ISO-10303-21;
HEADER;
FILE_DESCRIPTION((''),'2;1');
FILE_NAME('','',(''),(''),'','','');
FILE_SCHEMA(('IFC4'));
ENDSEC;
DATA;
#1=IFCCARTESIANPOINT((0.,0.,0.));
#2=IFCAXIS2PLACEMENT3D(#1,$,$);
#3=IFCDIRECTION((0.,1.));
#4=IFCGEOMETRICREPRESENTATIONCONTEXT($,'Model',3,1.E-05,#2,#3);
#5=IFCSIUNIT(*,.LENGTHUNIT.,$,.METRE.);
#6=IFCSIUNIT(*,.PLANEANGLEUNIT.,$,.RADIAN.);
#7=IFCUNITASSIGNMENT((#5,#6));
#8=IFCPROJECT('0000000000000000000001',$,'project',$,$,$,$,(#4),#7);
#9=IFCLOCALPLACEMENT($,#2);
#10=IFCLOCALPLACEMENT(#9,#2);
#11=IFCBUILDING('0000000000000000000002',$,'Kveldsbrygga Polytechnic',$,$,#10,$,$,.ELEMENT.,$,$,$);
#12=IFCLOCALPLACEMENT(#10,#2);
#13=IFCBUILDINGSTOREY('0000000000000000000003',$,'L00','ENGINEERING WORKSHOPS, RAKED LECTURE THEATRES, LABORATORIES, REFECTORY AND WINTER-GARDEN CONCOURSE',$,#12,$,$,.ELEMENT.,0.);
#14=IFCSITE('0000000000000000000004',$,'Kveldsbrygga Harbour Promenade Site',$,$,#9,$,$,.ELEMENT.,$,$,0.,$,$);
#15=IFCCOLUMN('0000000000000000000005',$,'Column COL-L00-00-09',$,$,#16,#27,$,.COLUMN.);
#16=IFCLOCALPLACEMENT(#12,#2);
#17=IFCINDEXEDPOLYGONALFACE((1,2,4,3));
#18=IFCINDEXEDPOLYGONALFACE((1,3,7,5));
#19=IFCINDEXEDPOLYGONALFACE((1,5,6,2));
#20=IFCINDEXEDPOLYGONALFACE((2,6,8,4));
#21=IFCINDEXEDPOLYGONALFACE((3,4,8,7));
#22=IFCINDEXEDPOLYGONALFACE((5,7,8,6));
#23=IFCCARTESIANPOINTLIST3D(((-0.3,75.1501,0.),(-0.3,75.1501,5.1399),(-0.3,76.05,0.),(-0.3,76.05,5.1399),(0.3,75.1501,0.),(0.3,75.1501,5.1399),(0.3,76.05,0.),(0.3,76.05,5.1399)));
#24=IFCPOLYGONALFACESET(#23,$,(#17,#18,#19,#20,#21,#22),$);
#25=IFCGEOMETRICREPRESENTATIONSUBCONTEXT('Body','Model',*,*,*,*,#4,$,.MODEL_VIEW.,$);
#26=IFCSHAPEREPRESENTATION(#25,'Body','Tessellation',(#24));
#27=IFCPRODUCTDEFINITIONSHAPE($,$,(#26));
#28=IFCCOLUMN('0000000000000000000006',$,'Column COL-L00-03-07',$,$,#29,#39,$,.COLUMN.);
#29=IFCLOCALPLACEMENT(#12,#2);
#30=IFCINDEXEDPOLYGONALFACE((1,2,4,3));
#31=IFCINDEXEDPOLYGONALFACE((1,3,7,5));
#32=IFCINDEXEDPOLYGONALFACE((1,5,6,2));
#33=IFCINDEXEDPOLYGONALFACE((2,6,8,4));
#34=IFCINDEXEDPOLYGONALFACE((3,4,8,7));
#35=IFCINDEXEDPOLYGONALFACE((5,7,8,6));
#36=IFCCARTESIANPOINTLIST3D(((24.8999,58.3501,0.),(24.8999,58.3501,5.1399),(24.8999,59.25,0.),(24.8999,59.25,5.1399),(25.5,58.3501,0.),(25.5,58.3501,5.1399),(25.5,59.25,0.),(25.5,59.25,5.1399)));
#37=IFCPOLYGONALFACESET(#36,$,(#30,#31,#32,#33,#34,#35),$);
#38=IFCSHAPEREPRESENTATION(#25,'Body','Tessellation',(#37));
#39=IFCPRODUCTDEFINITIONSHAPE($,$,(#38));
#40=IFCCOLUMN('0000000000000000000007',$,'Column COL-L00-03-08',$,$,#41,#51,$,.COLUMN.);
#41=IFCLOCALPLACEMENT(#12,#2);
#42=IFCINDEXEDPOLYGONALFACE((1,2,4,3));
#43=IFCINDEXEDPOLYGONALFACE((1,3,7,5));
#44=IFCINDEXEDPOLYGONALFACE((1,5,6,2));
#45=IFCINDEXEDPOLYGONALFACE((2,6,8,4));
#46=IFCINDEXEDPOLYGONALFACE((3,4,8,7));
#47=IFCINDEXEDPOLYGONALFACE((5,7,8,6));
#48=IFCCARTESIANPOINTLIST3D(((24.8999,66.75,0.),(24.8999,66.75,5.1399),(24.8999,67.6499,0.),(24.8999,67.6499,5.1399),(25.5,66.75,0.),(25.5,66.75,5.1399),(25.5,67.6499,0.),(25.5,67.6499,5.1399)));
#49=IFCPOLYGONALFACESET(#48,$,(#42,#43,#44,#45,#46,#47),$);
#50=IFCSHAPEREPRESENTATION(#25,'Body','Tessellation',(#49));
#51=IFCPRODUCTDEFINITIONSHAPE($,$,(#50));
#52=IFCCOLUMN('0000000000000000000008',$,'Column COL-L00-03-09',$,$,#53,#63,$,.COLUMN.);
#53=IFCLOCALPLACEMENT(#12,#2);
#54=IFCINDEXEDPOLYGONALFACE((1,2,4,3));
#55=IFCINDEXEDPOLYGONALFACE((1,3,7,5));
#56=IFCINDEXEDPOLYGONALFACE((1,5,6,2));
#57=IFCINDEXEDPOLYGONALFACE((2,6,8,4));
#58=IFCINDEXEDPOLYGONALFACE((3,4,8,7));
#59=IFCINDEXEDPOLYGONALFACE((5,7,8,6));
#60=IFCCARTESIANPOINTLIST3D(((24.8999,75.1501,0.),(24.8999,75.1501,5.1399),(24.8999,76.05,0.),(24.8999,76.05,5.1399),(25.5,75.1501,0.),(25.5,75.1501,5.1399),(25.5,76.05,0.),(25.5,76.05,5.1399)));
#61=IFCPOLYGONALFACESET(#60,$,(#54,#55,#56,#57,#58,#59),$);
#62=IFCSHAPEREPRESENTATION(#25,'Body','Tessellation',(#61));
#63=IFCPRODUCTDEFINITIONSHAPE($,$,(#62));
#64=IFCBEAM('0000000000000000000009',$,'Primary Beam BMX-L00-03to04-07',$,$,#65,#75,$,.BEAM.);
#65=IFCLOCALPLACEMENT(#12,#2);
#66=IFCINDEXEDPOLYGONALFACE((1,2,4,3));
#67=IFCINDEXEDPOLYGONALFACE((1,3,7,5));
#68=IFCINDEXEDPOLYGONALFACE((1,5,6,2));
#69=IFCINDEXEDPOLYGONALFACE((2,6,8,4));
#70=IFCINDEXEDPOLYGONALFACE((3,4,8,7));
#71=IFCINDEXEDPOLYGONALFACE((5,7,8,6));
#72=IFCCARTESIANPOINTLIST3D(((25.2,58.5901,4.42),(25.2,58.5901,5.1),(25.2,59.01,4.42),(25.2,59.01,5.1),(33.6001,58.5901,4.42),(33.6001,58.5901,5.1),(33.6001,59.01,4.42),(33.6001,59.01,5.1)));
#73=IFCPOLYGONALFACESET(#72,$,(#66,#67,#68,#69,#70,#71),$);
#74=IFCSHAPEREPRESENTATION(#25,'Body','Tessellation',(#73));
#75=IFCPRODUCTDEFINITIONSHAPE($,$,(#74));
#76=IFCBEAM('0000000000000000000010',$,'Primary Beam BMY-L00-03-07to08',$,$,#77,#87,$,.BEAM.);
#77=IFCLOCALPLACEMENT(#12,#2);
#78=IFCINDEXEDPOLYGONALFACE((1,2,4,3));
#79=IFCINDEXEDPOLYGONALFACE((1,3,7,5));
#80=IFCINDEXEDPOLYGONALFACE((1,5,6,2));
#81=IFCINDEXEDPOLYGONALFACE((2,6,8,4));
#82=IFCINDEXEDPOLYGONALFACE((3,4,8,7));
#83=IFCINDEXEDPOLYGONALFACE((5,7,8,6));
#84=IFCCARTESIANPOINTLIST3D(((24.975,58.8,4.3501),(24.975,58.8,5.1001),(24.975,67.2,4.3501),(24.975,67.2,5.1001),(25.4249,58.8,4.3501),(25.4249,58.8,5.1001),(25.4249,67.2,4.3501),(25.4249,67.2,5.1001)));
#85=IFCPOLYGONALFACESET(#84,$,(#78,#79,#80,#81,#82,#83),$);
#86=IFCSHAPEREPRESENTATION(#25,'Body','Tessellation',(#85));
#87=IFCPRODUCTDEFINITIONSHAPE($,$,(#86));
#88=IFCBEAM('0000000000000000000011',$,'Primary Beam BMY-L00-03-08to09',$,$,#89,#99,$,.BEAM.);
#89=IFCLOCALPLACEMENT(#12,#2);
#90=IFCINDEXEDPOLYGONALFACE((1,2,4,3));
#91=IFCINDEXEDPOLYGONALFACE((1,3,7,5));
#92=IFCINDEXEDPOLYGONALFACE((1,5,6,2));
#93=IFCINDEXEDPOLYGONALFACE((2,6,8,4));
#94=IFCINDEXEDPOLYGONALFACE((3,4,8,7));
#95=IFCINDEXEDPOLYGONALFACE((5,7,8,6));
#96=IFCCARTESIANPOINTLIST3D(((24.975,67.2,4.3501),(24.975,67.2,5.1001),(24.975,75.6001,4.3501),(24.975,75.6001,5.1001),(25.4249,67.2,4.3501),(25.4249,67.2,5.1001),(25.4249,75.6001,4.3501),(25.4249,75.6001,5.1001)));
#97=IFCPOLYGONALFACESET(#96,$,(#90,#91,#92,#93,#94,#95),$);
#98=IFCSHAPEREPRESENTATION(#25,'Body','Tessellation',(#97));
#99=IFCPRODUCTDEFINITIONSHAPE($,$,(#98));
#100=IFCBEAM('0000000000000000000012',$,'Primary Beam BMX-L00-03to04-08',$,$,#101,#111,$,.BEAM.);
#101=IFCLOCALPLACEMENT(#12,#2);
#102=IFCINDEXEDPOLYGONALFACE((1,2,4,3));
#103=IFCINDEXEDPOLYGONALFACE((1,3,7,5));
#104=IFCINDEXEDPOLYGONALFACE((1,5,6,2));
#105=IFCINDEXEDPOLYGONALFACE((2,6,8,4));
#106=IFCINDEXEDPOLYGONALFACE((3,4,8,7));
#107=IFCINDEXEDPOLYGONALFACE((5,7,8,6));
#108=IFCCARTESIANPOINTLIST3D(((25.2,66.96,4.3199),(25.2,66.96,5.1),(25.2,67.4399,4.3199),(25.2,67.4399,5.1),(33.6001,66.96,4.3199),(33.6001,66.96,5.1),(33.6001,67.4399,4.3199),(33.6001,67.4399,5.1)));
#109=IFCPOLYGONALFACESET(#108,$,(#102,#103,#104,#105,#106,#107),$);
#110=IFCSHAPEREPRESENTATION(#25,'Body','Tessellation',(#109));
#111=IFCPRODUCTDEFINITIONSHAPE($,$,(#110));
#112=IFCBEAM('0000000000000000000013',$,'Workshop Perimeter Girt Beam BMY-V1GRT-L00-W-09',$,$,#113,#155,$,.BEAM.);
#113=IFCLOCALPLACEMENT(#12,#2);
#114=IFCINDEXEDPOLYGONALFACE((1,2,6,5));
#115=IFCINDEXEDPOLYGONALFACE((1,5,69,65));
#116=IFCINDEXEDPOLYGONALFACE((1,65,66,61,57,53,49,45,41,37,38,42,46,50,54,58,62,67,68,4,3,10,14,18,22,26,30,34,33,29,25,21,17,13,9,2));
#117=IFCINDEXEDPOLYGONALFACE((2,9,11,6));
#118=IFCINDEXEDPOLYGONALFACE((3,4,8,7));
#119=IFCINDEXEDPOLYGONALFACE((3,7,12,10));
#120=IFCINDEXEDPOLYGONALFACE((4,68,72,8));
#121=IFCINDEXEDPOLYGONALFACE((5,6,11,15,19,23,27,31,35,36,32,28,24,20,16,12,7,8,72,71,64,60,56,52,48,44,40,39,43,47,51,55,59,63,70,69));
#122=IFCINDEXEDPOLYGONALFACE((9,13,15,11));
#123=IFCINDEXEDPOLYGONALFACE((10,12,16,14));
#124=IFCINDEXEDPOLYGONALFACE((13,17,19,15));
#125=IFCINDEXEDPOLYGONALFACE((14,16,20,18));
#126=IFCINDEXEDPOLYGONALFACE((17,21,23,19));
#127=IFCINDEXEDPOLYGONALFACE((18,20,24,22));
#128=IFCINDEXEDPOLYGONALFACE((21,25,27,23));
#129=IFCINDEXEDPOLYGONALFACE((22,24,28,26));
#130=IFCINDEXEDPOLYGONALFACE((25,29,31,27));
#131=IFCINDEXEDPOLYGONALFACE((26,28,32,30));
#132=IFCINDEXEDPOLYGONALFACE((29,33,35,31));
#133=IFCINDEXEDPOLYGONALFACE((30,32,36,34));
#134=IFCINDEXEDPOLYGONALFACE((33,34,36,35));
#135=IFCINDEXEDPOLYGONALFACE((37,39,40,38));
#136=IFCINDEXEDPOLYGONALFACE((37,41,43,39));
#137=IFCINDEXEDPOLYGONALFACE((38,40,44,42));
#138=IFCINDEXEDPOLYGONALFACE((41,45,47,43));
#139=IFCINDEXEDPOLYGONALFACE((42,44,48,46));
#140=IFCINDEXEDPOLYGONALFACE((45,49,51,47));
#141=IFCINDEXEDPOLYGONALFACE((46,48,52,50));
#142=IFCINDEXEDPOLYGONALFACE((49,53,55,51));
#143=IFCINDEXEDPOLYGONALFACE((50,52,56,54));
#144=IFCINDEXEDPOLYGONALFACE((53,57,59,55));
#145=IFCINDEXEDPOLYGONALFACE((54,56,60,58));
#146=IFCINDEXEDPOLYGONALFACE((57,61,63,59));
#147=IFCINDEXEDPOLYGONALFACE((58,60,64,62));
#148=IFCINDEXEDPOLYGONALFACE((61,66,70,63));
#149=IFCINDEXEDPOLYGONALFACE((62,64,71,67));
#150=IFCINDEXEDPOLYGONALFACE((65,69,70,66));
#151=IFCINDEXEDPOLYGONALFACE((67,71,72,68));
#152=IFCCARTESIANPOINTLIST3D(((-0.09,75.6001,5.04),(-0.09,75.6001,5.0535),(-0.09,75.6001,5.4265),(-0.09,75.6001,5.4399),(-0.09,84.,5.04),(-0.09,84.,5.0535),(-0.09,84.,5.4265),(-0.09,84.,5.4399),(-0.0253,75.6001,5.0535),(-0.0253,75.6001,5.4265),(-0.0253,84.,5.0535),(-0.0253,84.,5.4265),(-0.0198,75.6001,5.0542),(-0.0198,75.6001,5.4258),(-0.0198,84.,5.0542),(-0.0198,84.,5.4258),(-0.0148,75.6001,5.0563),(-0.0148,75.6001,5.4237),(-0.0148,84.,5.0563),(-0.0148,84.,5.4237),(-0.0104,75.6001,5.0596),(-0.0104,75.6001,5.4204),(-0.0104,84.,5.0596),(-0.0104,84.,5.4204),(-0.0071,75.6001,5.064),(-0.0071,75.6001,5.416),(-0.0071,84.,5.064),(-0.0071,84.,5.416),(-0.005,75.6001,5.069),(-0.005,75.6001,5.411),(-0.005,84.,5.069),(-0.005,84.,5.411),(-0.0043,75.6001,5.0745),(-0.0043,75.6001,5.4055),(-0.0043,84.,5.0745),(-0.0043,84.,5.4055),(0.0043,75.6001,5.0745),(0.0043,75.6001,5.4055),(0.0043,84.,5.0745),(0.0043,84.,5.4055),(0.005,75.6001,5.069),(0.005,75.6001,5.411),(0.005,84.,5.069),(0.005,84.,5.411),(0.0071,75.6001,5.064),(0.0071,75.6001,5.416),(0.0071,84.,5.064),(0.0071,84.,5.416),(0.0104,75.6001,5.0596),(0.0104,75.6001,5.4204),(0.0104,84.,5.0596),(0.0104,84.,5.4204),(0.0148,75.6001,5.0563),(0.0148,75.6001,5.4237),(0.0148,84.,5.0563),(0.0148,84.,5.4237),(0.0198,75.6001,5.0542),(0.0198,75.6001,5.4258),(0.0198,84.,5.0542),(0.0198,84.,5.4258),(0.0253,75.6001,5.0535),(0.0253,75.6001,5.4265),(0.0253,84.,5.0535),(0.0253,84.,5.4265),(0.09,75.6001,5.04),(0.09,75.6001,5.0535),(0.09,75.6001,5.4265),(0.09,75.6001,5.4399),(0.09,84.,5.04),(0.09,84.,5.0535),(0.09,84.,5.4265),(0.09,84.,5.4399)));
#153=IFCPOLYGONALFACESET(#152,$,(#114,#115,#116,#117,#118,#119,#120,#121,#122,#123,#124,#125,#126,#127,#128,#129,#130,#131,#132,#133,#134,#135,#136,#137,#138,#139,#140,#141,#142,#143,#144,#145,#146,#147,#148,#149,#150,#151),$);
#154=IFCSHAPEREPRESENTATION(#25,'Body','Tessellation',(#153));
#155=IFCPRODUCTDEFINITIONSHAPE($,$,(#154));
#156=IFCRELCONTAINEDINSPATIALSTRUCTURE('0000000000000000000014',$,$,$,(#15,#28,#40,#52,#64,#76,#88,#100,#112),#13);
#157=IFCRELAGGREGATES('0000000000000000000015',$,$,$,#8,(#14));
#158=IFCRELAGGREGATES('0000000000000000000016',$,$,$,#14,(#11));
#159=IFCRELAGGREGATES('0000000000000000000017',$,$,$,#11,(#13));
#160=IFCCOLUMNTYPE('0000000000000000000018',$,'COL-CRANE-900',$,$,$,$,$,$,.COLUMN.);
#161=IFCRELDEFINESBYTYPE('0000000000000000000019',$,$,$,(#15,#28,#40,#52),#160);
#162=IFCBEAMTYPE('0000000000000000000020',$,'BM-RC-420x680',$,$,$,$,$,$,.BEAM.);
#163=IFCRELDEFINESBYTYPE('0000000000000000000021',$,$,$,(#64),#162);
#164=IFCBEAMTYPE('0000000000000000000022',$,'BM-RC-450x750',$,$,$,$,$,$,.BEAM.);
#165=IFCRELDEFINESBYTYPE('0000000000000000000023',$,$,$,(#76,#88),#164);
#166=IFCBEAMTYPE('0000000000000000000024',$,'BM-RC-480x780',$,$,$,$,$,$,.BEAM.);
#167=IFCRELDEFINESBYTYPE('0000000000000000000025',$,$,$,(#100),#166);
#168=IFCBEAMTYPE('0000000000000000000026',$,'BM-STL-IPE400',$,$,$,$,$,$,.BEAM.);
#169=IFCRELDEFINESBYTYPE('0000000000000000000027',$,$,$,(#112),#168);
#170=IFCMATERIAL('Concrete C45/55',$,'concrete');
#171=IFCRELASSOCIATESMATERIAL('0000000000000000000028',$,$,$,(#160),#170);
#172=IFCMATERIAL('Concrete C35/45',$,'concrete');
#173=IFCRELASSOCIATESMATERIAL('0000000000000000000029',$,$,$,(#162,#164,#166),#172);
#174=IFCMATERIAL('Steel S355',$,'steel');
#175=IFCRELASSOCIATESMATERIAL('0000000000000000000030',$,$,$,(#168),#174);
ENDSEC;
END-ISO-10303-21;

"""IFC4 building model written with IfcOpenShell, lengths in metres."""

from ifc_helpers import new_model, si_unit, direction, frame, origin, origin_2d, place, context, subcontext, project, spatial, rectangle, i_section, extrude, material, material_profile, profile_set, type_object, element, save


model = new_model("IFC4")

# Units and contexts
model_context = context("Model", 3, precision=1e-05, world=origin(), true_north=direction((0.0, 1.0)))
body_context = subcontext(model_context, "Body", "Model", "MODEL_VIEW")
ifc_project = project(units=[si_unit("LENGTHUNIT", "METRE"), si_unit("PLANEANGLEUNIT", "RADIAN")], contexts=[model_context])

# Site, building, storey
site_placement = place(None, origin())
site = spatial("IfcSite", under=ifc_project, at=site_placement, Name="Kveldsbrygga Harbour Promenade Site", CompositionType="ELEMENT", RefElevation=0.0)
building_placement = place(site_placement, origin())
building = spatial("IfcBuilding", under=site, at=building_placement, Name="Kveldsbrygga Polytechnic", CompositionType="ELEMENT")
storey_placement = place(building_placement, origin())
storey = spatial("IfcBuildingStorey", under=building, at=storey_placement, Name="L00", Description="ENGINEERING WORKSHOPS, RAKED LECTURE THEATRES, LABORATORIES, REFECTORY AND WINTER-GARDEN CONCOURSE", CompositionType="ELEMENT", Elevation=0.0)

# Columns
ifc_material_1 = material(Name="Concrete C45/55", Category="concrete")
ifc_material_profile_1 = material_profile(ifc_material_1, rectangle(XDim=0.6001, YDim=0.8999, at=origin_2d()), Name="RC 600x900")
ifc_profile_set_1 = profile_set([ifc_material_profile_1], Name="Concrete C45/55")
column_type = type_object("IfcColumnType", Name="COL-CRANE-900", PredefinedType="COLUMN", material=ifc_profile_set_1)
for number, where, z_axis, x_axis, name in (
    (1, (0.0, 75.6001, 0.0), (0.0, 0.0, 1.0), (1.0, 0.0, 0.0), "Column COL-L00-00-09"),
    (2, (25.2, 58.8, 0.0), (0.0, 0.0, 1.0), (1.0, 0.0, 0.0), "Column COL-L00-03-07"),
    (3, (25.2, 67.2, 0.0), (0.0, 0.0, 1.0), (1.0, 0.0, 0.0), "Column COL-L00-03-08"),
    (4, (25.2, 75.6001, 0.0), (0.0, 0.0, 1.0), (1.0, 0.0, 0.0), "Column COL-L00-03-09"),
):
    element("IfcColumn", number, at=place(storey_placement, frame(where, z_axis=z_axis, x_axis=x_axis)), inside=storey, type_object=column_type, Name=name, PredefinedType="COLUMN", context=body_context, shape_type="SweptSolid", body=[
        extrude(rectangle(XDim=0.6001, YDim=0.8999, at=origin_2d()), origin(), (0.0, 0.0, 1.0), 5.1399),
    ])

# Beams
ifc_material_2 = material(Name="Concrete C35/45", Category="concrete")
ifc_material_profile_2 = material_profile(ifc_material_2, rectangle(XDim=0.4199, YDim=0.6799, at=origin_2d()), Name="RC 420x680")
ifc_profile_set_2 = profile_set([ifc_material_profile_2], Name="Concrete C35/45")
beam_type_1 = type_object("IfcBeamType", Name="BM-RC-420x680", PredefinedType="BEAM", material=ifc_profile_set_2)
beam_1_placement = place(storey_placement, frame((25.2, 58.8, 4.76), z_axis=(1.0, 0.0, 0.0), x_axis=(0.0, 1.0, 0.0)))
element("IfcBeam", 5, at=beam_1_placement, inside=storey, type_object=beam_type_1, Name="Primary Beam BMX-L00-03to04-07", PredefinedType="BEAM", context=body_context, shape_type="SweptSolid", body=[
    extrude(rectangle(XDim=0.4199, YDim=0.6799, at=origin_2d()), origin(), (0.0, 0.0, 1.0), 8.4001),
])
ifc_material_profile_3 = material_profile(ifc_material_2, rectangle(XDim=0.45, YDim=0.75, at=origin_2d()), Name="RC 450x750")
ifc_profile_set_3 = profile_set([ifc_material_profile_3], Name="Concrete C35/45")
beam_type_2 = type_object("IfcBeamType", Name="BM-RC-450x750", PredefinedType="BEAM", material=ifc_profile_set_3)
beam_2_placement = place(storey_placement, frame((25.2, 58.8, 4.7251), z_axis=(0.0, 1.0, 0.0), x_axis=(-1.0, 0.0, 0.0)))
element("IfcBeam", 6, at=beam_2_placement, inside=storey, type_object=beam_type_2, Name="Primary Beam BMY-L00-03-07to08", PredefinedType="BEAM", context=body_context, shape_type="SweptSolid", body=[
    extrude(rectangle(XDim=0.45, YDim=0.75, at=origin_2d()), origin(), (0.0, 0.0, 1.0), 8.3999),
])
beam_3_placement = place(storey_placement, frame((25.2, 67.2, 4.7251), z_axis=(0.0, 1.0, 0.0), x_axis=(-1.0, 0.0, 0.0)))
element("IfcBeam", 7, at=beam_3_placement, inside=storey, type_object=beam_type_2, Name="Primary Beam BMY-L00-03-08to09", PredefinedType="BEAM", context=body_context, shape_type="SweptSolid", body=[
    extrude(rectangle(XDim=0.45, YDim=0.75, at=origin_2d()), origin(), (0.0, 0.0, 1.0), 8.4001),
])
ifc_material_profile_4 = material_profile(ifc_material_2, rectangle(XDim=0.48, YDim=0.78, at=origin_2d()), Name="RC 480x780")
ifc_profile_set_4 = profile_set([ifc_material_profile_4], Name="Concrete C35/45")
beam_type_3 = type_object("IfcBeamType", Name="BM-RC-480x780", PredefinedType="BEAM", material=ifc_profile_set_4)
beam_4_placement = place(storey_placement, frame((25.2, 67.2, 4.71), z_axis=(1.0, 0.0, 0.0), x_axis=(0.0, 1.0, 0.0)))
element("IfcBeam", 8, at=beam_4_placement, inside=storey, type_object=beam_type_3, Name="Primary Beam BMX-L00-03to04-08", PredefinedType="BEAM", context=body_context, shape_type="SweptSolid", body=[
    extrude(rectangle(XDim=0.48, YDim=0.78, at=origin_2d()), origin(), (0.0, 0.0, 1.0), 8.4001),
])
ifc_material_3 = material(Name="Steel S355", Category="steel")
ifc_material_profile_5 = material_profile(ifc_material_3, i_section(OverallWidth=0.1799, OverallDepth=0.3999, WebThickness=0.0085, FlangeThickness=0.0134, FilletRadius=0.021, at=origin_2d()), Name="IPE 400")
ifc_profile_set_5 = profile_set([ifc_material_profile_5], Name="Steel S355")
beam_type_4 = type_object("IfcBeamType", Name="BM-STL-IPE400", PredefinedType="BEAM", material=ifc_profile_set_5)
beam_5_placement = place(storey_placement, frame((0.0, 75.6001, 5.24), z_axis=(0.0, 1.0, 0.0), x_axis=(-1.0, 0.0, 0.0)))
element("IfcBeam", 9, at=beam_5_placement, inside=storey, type_object=beam_type_4, Name="Workshop Perimeter Girt Beam BMY-V1GRT-L00-W-09", PredefinedType="BEAM", context=body_context, shape_type="SweptSolid", body=[
    extrude(i_section(OverallWidth=0.1799, OverallDepth=0.3999, WebThickness=0.0085, FlangeThickness=0.0134, FilletRadius=0.021, at=origin_2d()), origin(), (0.0, 0.0, 1.0), 8.3999),
])

save(model, "model.ifc")
